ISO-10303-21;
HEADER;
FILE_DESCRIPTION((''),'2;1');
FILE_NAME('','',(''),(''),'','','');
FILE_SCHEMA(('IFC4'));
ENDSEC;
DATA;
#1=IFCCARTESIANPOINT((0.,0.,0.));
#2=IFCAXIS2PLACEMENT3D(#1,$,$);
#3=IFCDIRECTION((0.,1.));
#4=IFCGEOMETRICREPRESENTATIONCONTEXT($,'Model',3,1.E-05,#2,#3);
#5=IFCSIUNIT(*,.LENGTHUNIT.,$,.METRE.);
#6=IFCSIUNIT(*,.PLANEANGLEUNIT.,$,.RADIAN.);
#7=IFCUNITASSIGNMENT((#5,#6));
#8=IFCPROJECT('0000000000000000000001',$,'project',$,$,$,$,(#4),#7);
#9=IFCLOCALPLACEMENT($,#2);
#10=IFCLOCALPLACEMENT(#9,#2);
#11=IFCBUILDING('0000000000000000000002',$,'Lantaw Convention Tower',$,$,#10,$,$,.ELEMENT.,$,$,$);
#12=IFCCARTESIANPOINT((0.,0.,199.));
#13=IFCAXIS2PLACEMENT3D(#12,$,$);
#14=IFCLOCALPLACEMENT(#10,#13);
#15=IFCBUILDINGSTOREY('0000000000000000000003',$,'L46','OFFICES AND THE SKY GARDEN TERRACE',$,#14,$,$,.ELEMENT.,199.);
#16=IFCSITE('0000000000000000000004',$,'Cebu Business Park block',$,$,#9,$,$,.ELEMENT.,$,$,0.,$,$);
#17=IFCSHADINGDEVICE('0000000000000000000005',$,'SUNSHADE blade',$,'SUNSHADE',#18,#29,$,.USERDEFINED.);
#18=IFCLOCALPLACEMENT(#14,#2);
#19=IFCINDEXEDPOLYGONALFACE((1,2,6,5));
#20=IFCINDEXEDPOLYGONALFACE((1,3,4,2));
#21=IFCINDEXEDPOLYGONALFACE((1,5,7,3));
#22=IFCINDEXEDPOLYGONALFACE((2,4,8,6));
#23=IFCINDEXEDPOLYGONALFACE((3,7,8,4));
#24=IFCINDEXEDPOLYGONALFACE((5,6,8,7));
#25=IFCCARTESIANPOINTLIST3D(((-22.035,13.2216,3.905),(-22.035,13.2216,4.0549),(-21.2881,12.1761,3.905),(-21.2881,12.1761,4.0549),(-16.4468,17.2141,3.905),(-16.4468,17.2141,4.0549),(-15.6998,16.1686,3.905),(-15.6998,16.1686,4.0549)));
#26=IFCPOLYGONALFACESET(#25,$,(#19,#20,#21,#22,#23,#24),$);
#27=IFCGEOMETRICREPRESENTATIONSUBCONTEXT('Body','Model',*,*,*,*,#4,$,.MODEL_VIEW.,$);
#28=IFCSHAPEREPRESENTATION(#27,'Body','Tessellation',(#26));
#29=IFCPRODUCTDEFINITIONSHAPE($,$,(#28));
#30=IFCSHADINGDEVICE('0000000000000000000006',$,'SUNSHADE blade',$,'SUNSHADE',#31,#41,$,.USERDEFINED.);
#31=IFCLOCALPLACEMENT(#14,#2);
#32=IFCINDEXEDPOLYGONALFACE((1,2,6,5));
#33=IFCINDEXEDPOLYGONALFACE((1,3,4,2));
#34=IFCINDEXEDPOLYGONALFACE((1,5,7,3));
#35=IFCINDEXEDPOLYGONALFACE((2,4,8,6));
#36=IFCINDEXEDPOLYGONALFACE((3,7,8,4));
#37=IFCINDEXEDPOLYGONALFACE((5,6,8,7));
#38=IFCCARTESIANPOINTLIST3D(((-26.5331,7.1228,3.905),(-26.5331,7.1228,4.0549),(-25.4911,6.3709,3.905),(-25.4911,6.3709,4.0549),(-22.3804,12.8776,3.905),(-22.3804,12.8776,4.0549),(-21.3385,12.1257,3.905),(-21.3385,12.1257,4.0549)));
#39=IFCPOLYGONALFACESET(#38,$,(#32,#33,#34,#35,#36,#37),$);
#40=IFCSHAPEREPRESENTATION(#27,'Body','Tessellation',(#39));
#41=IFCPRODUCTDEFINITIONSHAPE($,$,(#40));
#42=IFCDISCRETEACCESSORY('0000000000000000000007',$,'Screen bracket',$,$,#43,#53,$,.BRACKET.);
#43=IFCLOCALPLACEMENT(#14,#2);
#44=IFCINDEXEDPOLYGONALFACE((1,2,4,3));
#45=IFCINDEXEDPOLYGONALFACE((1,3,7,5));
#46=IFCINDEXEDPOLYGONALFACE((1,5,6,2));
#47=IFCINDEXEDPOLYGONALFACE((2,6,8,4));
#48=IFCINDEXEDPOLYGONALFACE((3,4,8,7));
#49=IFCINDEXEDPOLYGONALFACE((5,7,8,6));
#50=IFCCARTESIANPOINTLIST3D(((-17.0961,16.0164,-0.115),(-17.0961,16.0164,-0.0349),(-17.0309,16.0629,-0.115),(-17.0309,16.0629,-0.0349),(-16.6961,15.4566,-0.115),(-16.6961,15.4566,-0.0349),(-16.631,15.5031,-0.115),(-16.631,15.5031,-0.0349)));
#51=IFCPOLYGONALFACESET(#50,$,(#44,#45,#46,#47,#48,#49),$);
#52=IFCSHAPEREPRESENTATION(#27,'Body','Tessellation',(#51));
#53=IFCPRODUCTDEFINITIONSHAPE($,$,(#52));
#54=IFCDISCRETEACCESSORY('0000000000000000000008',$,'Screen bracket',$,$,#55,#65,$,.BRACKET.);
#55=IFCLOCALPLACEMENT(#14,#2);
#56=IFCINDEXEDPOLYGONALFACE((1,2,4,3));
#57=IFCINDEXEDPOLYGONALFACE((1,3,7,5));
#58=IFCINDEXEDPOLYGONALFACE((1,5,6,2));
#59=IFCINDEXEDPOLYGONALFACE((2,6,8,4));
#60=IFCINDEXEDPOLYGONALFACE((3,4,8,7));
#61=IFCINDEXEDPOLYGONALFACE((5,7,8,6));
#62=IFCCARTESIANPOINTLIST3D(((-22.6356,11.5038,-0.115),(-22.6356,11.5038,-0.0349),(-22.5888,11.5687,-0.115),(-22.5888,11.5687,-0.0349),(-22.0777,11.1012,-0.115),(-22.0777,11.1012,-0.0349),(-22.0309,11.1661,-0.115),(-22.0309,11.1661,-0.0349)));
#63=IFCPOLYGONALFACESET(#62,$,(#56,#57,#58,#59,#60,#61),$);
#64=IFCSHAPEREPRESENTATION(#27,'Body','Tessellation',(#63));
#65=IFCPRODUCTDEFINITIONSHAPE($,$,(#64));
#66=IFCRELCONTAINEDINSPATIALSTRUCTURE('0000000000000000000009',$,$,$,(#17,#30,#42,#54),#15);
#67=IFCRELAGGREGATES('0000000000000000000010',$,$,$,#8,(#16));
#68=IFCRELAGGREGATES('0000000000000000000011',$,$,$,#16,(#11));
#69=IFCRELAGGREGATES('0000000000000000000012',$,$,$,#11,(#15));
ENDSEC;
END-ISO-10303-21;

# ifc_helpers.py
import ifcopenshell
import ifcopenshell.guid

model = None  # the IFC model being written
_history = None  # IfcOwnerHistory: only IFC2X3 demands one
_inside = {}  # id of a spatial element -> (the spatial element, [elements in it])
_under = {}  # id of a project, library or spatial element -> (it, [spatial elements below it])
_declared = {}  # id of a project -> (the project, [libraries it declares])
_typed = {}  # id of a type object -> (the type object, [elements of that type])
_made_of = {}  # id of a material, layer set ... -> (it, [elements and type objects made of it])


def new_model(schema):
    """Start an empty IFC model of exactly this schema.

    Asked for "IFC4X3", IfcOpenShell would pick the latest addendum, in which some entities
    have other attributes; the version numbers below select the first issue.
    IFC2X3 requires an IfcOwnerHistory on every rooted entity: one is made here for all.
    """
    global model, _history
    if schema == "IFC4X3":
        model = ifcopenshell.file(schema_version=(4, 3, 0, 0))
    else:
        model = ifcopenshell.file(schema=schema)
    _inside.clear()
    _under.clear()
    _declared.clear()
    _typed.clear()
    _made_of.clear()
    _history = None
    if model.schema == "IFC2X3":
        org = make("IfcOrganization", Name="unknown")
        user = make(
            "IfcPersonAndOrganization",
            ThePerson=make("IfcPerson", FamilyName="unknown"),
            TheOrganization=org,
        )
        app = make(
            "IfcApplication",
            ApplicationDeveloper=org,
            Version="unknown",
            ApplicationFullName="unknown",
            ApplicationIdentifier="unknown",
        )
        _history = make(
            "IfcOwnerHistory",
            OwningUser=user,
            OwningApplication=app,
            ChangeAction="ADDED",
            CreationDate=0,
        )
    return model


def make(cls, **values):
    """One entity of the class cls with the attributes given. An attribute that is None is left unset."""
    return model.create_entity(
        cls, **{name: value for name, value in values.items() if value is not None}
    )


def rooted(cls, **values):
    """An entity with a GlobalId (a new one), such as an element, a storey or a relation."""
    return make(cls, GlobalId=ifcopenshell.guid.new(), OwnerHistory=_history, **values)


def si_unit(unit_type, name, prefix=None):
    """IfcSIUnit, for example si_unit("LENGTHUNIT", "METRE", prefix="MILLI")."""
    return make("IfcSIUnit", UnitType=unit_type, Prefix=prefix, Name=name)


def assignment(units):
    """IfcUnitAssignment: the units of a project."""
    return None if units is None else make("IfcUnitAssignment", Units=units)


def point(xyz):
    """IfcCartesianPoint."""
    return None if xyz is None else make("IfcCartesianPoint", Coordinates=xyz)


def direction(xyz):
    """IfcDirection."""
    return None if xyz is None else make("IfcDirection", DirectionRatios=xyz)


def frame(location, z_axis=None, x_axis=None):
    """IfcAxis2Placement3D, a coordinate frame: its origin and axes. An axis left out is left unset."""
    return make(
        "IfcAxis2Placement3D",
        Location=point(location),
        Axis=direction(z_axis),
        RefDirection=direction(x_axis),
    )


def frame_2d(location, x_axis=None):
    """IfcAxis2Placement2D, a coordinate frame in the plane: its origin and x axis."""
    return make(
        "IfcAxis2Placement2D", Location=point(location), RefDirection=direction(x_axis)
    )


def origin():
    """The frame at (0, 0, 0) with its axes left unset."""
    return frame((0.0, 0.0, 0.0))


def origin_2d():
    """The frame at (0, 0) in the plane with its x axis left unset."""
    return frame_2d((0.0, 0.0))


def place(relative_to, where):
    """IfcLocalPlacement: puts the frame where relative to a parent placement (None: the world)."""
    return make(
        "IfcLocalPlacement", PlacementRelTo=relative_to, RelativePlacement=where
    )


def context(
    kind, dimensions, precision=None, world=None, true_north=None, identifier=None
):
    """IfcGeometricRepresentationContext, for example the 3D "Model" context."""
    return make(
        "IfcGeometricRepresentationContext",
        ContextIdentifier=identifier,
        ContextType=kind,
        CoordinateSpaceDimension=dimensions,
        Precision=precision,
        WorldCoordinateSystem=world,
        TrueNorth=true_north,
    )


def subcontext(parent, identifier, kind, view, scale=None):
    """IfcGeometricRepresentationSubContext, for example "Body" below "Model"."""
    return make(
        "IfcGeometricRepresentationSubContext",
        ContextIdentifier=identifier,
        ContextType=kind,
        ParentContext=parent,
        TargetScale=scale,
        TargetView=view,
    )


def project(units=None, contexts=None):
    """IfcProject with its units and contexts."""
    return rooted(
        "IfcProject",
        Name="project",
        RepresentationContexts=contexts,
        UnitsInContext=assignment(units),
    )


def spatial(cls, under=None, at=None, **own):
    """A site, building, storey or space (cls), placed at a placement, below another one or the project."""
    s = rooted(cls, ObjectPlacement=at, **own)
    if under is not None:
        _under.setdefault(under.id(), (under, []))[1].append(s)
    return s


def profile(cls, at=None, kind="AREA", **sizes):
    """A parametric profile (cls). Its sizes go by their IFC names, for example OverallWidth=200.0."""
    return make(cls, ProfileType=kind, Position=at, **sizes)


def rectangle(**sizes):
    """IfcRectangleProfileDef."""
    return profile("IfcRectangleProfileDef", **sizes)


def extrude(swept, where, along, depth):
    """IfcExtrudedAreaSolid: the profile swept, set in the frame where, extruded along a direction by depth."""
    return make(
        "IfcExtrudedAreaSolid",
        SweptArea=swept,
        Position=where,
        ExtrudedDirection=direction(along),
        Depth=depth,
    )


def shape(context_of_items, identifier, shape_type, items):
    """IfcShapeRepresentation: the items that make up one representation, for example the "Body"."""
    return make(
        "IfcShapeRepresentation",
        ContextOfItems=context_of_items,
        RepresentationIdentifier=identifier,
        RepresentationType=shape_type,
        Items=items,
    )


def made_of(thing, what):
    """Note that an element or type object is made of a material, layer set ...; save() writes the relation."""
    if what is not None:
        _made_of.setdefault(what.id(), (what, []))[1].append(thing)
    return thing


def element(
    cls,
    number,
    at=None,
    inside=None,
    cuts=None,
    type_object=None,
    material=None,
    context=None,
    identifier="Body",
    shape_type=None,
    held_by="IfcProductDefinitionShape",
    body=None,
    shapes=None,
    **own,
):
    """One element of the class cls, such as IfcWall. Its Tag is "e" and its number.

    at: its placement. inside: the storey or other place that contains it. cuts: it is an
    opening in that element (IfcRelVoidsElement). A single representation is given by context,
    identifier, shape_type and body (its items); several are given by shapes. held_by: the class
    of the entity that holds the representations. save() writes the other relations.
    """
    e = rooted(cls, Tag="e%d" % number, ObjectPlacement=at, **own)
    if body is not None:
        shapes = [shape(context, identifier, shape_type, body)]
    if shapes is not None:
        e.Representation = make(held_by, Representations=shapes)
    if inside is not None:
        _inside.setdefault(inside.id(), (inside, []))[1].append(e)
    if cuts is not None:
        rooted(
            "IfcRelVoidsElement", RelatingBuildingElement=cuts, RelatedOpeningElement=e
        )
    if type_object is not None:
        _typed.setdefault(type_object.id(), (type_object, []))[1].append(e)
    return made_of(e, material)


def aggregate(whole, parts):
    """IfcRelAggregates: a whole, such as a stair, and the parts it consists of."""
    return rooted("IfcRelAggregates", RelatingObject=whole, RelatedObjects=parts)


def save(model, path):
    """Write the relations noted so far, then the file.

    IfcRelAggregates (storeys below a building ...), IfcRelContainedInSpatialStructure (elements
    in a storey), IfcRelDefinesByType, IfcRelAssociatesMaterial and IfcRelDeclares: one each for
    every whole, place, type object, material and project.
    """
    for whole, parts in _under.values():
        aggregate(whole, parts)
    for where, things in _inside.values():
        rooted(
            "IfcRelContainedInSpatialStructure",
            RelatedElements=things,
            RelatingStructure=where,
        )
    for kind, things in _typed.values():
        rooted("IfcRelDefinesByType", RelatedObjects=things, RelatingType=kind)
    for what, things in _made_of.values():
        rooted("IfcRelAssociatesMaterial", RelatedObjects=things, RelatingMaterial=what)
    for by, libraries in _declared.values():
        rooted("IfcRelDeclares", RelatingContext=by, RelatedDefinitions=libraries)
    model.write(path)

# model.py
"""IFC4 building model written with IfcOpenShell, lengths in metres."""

from ifc_helpers import new_model, si_unit, direction, frame, origin, origin_2d, place, context, subcontext, project, spatial, rectangle, extrude, element, save


model = new_model("IFC4")

# Units and contexts
model_context = context("Model", 3, precision=1e-05, world=origin(), true_north=direction((0.0, 1.0)))
body_context = subcontext(model_context, "Body", "Model", "MODEL_VIEW")
ifc_project = project(units=[si_unit("LENGTHUNIT", "METRE"), si_unit("PLANEANGLEUNIT", "RADIAN")], contexts=[model_context])

# Site, building, storey
site_placement = place(None, origin())
site = spatial("IfcSite", under=ifc_project, at=site_placement, Name="Cebu Business Park block", CompositionType="ELEMENT", RefElevation=0.0)
building_placement = place(site_placement, origin())
building = spatial("IfcBuilding", under=site, at=building_placement, Name="Lantaw Convention Tower", CompositionType="ELEMENT")
storey_placement = place(building_placement, frame((0.0, 0.0, 199.0)))
storey = spatial("IfcBuildingStorey", under=building, at=storey_placement, Name="L46", Description="OFFICES AND THE SKY GARDEN TERRACE", CompositionType="ELEMENT", Elevation=199.0)

# Shading devices
shading_device_1_placement = place(storey_placement, frame((-18.8674, 14.6951, 3.905), z_axis=(0.0, 0.0, 1.0), x_axis=(-0.813673, -0.581323, 0.0)))
element("IfcShadingDevice", 1, at=shading_device_1_placement, inside=storey, Name="SUNSHADE blade", ObjectType="SUNSHADE", PredefinedType="USERDEFINED", context=body_context, shape_type="SweptSolid", body=[
    extrude(rectangle(XDim=6.8679, YDim=1.2849, at=origin_2d()), origin(), (0.0, 0.0, 1.0), 0.1499),
])
shading_device_2_placement = place(storey_placement, frame((-23.9358, 9.6243, 3.905), z_axis=(0.0, 0.0, 1.0), x_axis=(-0.585158, -0.81092, 0.0)))
element("IfcShadingDevice", 2, at=shading_device_2_placement, inside=storey, Name="SUNSHADE blade", ObjectType="SUNSHADE", PredefinedType="USERDEFINED", context=body_context, shape_type="SweptSolid", body=[
    extrude(rectangle(XDim=7.0967, YDim=1.2849, at=origin_2d()), origin(), (0.0, 0.0, 1.0), 0.1499),
])

# Discrete accessories
for number, where, z_axis, x_axis, name in (
    (3, (-16.8635, 15.7598, -0.115), (0.0, 0.0, 1.0), (-0.813673, -0.581323, 0.0), "Screen bracket"),
    (4, (-22.3333, 11.335, -0.115), (0.0, 0.0, 1.0), (-0.585158, -0.81092, 0.0), "Screen bracket"),
):
    element("IfcDiscreteAccessory", number, at=place(storey_placement, frame(where, z_axis=z_axis, x_axis=x_axis)), inside=storey, Name=name, PredefinedType="BRACKET", context=body_context, shape_type="SweptSolid", body=[
        extrude(rectangle(XDim=0.0801, YDim=0.688, at=origin_2d()), origin(), (0.0, 0.0, 1.0), 0.0801),
    ])

save(model, "model.ifc")
